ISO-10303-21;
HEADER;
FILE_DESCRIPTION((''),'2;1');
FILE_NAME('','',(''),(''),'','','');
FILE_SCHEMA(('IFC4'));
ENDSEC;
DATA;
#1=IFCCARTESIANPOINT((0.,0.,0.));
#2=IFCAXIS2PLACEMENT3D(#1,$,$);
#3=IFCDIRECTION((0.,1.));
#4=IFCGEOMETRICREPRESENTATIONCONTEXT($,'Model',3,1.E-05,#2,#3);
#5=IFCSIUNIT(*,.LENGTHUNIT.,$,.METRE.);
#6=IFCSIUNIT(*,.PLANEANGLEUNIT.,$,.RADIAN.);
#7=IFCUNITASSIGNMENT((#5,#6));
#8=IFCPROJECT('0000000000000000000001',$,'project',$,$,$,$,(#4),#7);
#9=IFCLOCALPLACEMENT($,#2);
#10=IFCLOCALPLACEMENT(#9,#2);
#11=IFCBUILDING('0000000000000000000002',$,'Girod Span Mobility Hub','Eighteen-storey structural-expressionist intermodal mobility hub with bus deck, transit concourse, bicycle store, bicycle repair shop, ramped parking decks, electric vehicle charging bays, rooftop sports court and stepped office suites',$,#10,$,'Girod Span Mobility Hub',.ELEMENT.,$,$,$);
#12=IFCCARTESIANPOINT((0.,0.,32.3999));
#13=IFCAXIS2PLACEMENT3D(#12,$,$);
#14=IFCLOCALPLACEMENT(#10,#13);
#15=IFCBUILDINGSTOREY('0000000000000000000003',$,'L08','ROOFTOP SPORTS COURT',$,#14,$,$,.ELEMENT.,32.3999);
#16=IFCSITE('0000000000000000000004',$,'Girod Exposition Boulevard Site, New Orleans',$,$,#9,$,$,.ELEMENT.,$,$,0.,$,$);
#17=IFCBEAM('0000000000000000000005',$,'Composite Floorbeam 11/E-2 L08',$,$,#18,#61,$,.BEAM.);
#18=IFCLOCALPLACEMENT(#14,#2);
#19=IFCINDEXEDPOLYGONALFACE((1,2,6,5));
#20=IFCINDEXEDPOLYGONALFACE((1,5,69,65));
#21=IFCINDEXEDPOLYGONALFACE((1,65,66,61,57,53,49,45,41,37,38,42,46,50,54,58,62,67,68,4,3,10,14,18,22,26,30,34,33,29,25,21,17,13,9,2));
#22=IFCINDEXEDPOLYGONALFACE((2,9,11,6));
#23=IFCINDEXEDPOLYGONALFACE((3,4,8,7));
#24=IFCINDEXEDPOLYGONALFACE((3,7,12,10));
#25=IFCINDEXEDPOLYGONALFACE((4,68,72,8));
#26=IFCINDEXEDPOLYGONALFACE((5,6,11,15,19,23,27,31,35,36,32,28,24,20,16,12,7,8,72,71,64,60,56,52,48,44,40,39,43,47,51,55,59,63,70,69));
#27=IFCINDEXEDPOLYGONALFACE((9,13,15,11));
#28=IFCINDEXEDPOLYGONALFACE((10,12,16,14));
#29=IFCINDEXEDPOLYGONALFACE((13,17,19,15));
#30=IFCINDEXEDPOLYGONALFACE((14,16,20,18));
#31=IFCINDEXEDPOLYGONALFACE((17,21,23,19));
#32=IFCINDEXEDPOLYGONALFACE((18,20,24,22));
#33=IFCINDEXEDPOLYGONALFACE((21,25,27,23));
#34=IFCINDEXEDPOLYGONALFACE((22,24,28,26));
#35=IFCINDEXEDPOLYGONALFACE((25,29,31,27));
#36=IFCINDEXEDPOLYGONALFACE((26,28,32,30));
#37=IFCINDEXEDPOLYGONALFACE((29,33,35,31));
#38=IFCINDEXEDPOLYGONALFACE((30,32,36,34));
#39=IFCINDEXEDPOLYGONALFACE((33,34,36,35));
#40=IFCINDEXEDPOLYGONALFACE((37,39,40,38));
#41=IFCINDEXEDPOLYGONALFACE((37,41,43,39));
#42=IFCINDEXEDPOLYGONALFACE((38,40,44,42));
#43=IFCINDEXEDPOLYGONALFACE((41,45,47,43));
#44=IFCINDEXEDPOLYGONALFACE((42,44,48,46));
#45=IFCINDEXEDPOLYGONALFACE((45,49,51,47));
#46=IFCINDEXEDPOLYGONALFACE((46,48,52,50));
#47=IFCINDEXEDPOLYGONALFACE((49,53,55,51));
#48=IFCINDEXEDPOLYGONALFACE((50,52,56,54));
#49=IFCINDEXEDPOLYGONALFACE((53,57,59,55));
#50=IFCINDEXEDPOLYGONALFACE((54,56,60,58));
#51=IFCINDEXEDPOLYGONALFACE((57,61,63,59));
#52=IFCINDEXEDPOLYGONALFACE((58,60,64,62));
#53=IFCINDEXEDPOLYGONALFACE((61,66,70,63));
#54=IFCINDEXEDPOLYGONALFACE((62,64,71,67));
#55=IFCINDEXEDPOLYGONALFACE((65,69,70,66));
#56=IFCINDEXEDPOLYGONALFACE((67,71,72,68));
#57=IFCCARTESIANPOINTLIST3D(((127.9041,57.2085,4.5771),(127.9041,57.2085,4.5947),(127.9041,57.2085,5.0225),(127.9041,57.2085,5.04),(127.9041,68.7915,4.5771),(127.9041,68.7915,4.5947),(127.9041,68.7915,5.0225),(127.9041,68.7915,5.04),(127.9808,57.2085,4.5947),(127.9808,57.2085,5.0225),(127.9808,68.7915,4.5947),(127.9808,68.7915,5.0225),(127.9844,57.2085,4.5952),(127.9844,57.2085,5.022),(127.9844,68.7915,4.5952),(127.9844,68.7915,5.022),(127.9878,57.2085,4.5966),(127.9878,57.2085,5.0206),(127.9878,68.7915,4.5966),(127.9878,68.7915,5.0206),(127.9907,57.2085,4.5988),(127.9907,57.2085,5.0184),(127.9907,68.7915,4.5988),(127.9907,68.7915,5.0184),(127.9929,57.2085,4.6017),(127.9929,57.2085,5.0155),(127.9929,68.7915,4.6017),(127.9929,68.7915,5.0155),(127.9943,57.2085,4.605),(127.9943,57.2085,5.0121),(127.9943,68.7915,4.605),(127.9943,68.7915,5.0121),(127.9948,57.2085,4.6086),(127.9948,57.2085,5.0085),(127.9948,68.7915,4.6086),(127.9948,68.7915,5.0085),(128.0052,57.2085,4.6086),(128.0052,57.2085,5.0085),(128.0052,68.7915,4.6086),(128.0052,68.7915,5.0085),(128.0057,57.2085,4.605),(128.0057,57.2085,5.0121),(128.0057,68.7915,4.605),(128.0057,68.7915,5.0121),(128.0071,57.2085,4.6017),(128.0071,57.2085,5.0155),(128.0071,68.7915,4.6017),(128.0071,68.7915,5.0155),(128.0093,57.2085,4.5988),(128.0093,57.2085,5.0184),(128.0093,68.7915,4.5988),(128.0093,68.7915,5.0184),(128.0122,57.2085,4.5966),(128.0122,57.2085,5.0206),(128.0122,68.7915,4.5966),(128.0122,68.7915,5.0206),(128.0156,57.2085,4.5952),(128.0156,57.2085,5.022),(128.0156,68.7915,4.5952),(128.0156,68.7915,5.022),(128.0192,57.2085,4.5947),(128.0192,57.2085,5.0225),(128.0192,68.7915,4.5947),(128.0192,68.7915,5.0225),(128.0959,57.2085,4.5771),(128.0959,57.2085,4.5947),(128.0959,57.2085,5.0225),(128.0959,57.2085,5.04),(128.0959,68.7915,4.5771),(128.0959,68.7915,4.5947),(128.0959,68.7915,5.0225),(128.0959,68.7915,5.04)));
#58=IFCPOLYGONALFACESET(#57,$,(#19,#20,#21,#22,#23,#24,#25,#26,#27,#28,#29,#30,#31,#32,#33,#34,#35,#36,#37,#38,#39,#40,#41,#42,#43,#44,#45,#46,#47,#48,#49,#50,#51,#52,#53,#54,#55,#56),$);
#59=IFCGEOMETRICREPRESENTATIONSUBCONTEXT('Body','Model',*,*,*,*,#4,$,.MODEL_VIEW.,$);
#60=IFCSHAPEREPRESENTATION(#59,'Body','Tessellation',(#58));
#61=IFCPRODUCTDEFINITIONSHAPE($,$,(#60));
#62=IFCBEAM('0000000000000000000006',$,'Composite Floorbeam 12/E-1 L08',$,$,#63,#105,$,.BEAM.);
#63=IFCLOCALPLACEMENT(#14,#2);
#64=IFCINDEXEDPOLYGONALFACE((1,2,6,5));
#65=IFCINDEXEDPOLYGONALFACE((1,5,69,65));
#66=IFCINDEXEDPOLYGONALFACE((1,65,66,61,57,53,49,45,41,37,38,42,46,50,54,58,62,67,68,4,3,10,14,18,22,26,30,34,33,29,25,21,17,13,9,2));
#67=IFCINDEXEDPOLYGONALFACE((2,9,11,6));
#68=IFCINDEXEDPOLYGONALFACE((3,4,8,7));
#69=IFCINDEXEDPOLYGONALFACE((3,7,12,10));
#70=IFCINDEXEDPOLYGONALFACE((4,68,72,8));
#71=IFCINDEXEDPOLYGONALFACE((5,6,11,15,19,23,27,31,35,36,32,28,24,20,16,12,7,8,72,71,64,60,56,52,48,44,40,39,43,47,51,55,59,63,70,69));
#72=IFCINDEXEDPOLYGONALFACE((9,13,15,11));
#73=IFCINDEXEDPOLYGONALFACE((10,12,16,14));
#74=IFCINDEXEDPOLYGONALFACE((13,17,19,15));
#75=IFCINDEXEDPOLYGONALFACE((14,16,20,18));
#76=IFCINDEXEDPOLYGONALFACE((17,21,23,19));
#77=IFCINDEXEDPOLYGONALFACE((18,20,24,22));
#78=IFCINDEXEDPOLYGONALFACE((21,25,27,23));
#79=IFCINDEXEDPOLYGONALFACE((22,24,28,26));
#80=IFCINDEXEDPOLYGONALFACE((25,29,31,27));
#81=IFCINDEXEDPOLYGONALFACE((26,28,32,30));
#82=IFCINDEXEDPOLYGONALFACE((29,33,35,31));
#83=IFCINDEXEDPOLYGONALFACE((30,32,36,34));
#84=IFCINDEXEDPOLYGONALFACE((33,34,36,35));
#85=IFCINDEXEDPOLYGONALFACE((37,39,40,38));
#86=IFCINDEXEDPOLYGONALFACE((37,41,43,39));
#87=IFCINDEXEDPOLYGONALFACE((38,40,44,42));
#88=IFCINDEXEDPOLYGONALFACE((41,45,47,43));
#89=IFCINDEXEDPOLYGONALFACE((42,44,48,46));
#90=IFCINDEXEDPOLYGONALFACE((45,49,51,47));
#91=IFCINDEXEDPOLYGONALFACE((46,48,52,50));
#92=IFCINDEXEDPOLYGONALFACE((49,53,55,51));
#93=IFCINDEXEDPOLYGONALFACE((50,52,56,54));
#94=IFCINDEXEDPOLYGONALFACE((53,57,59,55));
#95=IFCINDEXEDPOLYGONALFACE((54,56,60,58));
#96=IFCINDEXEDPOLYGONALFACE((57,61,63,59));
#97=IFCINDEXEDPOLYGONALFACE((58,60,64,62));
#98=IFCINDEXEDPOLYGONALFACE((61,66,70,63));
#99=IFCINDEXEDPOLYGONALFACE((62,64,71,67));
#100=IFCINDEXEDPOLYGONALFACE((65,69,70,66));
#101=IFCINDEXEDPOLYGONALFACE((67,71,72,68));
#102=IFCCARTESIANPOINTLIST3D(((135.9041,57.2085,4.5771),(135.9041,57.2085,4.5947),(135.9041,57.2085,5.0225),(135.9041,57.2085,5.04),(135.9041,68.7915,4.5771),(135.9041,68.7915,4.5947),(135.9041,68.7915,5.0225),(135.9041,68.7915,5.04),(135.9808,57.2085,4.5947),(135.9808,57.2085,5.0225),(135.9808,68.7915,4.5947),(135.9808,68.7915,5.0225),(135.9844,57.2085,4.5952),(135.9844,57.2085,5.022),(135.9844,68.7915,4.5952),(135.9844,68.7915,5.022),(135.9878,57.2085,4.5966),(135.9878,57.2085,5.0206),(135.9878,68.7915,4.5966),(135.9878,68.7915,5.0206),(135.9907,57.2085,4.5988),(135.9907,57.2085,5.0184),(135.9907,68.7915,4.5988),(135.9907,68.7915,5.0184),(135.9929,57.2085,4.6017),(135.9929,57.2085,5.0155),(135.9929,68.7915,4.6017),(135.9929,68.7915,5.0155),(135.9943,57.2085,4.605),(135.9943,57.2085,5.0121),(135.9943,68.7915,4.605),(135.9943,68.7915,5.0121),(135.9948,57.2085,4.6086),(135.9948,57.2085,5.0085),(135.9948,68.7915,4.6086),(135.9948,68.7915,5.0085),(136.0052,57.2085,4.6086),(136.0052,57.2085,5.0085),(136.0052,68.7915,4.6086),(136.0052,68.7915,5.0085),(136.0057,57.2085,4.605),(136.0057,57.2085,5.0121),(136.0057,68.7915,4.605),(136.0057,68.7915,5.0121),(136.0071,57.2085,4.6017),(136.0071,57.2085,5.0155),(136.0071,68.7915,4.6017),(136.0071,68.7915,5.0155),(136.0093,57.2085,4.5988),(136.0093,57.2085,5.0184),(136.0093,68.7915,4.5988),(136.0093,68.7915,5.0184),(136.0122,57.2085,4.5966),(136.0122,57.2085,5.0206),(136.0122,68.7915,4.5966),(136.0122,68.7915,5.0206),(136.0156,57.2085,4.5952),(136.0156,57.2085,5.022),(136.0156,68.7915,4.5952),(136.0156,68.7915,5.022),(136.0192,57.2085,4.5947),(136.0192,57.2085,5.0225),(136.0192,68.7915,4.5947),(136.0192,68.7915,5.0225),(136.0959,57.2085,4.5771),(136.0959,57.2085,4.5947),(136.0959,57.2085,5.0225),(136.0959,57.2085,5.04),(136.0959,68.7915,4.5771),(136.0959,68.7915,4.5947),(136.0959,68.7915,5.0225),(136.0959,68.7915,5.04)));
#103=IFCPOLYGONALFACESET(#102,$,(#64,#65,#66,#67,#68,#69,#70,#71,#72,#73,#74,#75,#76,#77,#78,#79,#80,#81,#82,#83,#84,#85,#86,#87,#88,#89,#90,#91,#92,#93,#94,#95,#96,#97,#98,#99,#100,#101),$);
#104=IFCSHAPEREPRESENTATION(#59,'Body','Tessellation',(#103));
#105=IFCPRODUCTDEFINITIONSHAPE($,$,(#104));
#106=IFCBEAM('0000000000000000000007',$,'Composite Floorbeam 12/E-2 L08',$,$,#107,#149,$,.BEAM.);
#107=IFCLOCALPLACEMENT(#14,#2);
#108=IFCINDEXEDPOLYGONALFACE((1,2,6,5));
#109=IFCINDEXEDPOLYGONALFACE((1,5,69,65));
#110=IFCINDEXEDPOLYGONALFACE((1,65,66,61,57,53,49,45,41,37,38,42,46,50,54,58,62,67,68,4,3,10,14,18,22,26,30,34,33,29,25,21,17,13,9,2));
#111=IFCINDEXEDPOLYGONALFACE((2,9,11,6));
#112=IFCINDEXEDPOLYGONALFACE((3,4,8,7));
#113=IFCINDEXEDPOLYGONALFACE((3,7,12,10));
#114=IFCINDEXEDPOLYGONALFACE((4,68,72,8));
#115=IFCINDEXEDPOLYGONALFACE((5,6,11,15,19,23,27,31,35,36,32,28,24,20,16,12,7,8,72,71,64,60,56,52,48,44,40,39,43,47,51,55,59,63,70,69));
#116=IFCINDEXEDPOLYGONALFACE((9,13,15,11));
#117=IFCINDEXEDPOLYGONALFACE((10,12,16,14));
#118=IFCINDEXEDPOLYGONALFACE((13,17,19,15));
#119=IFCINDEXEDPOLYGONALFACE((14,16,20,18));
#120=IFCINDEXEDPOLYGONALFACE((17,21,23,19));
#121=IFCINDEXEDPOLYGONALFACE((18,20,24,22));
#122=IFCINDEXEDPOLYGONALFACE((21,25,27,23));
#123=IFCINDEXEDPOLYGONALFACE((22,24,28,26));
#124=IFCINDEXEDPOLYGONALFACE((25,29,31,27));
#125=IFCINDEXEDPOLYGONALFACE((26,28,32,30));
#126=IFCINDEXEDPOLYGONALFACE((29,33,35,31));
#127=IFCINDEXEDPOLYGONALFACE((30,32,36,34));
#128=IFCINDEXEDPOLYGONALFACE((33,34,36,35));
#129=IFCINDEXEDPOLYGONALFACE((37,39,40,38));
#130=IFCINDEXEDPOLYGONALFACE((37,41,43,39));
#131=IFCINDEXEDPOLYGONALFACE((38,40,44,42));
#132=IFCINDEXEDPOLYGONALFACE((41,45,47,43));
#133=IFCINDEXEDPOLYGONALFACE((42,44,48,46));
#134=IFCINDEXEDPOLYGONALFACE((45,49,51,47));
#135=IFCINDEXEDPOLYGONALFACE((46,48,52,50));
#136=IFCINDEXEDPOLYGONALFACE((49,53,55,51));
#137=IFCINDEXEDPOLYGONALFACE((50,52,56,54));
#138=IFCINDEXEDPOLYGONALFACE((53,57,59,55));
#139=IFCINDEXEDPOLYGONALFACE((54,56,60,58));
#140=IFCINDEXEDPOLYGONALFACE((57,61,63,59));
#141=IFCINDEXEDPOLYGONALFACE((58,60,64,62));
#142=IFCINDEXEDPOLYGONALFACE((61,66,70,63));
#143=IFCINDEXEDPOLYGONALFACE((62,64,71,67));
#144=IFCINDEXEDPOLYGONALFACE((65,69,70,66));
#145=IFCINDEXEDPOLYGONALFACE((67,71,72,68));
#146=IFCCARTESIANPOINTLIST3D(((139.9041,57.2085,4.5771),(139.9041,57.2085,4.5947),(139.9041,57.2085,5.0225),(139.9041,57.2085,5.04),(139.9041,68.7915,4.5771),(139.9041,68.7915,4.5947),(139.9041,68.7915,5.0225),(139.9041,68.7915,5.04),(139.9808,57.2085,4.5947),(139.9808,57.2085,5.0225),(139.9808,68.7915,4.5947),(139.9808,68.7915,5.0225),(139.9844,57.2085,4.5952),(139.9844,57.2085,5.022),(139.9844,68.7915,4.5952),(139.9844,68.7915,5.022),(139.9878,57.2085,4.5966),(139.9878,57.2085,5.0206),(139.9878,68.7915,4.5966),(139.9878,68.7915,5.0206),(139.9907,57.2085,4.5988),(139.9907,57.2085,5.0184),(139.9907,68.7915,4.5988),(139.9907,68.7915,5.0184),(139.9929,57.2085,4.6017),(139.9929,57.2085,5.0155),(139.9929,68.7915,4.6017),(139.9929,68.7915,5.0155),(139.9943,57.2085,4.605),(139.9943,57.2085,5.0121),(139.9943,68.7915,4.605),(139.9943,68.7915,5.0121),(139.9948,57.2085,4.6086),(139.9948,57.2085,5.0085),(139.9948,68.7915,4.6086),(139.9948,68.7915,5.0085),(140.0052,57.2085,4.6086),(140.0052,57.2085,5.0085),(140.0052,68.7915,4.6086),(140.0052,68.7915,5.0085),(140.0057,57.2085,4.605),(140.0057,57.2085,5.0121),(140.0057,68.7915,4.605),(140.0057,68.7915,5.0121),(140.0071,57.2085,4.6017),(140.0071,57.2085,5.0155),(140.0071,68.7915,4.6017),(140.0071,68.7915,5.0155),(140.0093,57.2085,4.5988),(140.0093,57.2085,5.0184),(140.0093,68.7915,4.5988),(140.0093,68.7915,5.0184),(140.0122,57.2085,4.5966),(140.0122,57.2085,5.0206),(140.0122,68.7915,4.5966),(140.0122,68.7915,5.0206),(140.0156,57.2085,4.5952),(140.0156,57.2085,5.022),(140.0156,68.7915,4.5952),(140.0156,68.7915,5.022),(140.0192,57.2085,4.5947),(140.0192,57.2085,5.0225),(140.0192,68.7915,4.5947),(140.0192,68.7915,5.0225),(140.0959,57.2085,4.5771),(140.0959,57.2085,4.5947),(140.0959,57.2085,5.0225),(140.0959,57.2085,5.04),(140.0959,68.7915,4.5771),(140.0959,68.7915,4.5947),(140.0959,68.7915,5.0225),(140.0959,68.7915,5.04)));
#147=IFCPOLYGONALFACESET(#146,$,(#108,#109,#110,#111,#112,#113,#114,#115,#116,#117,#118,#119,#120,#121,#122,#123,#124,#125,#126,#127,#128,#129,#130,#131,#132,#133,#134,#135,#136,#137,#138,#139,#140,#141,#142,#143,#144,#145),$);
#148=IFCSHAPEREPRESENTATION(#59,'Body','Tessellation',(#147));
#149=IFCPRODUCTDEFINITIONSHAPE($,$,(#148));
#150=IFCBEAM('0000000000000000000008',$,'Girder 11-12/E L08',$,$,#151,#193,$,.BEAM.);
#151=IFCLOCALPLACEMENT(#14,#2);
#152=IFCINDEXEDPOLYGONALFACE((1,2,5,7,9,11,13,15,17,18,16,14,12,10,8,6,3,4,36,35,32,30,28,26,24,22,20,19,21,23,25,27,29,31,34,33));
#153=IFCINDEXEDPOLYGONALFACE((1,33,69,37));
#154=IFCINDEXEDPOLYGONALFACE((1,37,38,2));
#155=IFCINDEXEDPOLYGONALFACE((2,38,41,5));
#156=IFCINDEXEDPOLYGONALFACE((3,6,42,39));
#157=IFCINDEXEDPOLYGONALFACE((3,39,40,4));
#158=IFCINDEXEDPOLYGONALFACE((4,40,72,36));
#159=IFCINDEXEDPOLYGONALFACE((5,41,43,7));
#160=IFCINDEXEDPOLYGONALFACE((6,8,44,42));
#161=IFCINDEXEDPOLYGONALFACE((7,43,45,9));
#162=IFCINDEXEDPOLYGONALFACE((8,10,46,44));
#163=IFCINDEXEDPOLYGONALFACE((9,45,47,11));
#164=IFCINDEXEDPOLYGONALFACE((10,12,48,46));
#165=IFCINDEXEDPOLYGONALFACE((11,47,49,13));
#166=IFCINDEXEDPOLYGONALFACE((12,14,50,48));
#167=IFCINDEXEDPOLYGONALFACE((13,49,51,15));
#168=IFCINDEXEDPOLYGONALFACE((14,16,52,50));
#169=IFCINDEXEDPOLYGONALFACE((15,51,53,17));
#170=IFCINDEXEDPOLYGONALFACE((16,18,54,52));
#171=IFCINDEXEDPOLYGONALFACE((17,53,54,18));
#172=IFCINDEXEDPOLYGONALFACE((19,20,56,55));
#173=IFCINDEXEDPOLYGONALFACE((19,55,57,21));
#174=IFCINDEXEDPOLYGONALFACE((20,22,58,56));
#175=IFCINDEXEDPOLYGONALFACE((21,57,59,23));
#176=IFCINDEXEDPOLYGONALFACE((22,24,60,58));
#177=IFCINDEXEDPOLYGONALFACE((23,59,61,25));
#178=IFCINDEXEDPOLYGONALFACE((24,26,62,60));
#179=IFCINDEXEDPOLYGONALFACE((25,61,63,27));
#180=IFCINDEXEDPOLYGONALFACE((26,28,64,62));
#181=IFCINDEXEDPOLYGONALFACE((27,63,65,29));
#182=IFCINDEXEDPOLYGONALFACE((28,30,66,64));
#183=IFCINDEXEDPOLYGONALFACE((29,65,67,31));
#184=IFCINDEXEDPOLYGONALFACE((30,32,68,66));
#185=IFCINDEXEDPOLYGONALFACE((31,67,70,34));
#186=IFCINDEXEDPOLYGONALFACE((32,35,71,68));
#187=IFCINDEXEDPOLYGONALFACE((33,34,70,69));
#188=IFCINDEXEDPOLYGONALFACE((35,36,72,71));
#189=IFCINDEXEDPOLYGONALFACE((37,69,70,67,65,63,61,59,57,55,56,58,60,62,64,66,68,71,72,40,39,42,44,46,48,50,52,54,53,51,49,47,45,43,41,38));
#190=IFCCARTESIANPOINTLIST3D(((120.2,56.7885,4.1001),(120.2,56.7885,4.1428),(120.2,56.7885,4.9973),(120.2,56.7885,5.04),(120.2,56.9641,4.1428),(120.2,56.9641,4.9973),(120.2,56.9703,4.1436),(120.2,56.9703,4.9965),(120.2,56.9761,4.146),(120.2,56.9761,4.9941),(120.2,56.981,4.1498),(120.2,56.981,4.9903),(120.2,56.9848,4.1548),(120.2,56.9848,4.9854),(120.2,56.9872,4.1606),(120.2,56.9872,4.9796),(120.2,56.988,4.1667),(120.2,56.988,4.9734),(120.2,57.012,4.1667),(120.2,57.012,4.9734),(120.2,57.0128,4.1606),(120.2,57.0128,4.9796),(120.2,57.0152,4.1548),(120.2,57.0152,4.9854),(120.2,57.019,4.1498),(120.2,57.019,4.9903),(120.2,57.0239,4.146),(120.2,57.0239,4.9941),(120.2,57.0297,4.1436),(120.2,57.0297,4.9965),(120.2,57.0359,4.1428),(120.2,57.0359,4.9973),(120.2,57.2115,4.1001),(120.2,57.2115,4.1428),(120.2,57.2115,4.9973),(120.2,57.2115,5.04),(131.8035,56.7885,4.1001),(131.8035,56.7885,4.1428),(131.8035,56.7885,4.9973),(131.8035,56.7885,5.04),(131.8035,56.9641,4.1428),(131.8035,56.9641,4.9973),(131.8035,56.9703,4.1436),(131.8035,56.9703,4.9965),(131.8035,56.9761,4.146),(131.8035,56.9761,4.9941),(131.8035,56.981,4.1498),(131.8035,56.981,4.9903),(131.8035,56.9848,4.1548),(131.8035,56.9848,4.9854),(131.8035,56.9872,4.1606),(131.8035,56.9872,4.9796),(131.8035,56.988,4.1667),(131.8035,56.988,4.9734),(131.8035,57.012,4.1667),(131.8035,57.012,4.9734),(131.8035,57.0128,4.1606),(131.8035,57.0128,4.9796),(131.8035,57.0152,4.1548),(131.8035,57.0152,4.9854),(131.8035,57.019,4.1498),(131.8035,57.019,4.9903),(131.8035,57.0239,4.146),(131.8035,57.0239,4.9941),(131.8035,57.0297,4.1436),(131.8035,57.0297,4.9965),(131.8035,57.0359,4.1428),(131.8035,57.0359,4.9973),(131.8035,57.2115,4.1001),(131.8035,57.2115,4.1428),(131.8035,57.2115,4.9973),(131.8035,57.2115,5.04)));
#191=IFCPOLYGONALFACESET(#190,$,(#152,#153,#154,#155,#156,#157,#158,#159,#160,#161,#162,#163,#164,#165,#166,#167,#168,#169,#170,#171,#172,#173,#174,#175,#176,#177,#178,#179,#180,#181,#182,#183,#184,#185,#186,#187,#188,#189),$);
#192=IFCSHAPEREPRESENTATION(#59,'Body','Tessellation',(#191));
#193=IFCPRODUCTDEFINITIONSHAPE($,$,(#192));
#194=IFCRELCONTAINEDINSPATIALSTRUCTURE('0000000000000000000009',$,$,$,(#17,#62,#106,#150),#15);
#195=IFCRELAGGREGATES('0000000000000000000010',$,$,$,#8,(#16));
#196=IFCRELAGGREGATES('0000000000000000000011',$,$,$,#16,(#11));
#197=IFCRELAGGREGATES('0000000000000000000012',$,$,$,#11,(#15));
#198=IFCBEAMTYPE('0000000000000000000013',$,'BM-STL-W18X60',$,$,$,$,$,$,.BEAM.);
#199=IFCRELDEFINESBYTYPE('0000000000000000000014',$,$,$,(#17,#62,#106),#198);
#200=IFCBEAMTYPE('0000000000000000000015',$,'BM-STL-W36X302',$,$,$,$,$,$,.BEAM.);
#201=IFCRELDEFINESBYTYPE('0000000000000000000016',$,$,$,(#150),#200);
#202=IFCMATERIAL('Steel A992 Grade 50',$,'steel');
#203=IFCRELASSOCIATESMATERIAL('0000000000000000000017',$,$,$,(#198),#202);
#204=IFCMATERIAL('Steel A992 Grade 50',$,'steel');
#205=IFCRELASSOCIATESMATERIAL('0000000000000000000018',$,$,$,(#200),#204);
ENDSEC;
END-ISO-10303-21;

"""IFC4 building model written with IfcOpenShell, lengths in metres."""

from ifc_helpers import new_model, si_unit, direction, frame, origin, origin_2d, place, context, subcontext, project, spatial, i_section, extrude, material, material_profile, profile_set, type_object, element, save


model = new_model("IFC4")

# Units and contexts
model_context = context("Model", 3, precision=1e-05, world=origin(), true_north=direction((0.0, 1.0)))
body_context = subcontext(model_context, "Body", "Model", "MODEL_VIEW")
ifc_project = project(units=[si_unit("LENGTHUNIT", "METRE"), si_unit("PLANEANGLEUNIT", "RADIAN")], contexts=[model_context])

# Site, building, storey
site_placement = place(None, origin())
site = spatial("IfcSite", under=ifc_project, at=site_placement, Name="Girod Exposition Boulevard Site, New Orleans", CompositionType="ELEMENT", RefElevation=0.0)
building_placement = place(site_placement, origin())
building = spatial("IfcBuilding", under=site, at=building_placement, Name="Girod Span Mobility Hub", Description="Eighteen-storey structural-expressionist intermodal mobility hub with bus deck, transit concourse, bicycle store, bicycle repair shop, ramped parking decks, electric vehicle charging bays, rooftop sports court and stepped office suites", LongName="Girod Span Mobility Hub", CompositionType="ELEMENT")
storey_placement = place(building_placement, frame((0.0, 0.0, 32.3999)))
storey = spatial("IfcBuildingStorey", under=building, at=storey_placement, Name="L08", Description="ROOFTOP SPORTS COURT", CompositionType="ELEMENT", Elevation=32.3999)

# Beams
ifc_material_1 = material(Name="Steel A992 Grade 50", Category="steel")
ifc_material_profile_1 = material_profile(ifc_material_1, i_section(OverallWidth=0.1919, OverallDepth=0.4629, WebThickness=0.0105, FlangeThickness=0.0176, FilletRadius=0.0139, at=origin_2d()), Name="W18X60")
ifc_profile_set_1 = profile_set([ifc_material_profile_1], Name="Steel A992 Grade 50")
beam_type_1 = type_object("IfcBeamType", Name="BM-STL-W18X60", PredefinedType="BEAM", material=ifc_profile_set_1)
for number, where, z_axis, x_axis, name in (
    (1, (128.0, 57.2085, 4.8086), (0.0, 1.0, 0.0), (-1.0, 0.0, 0.0), "Composite Floorbeam 11/E-2 L08"),
    (2, (136.0, 57.2085, 4.8086), (0.0, 1.0, 0.0), (-1.0, 0.0, 0.0), "Composite Floorbeam 12/E-1 L08"),
    (3, (140.0, 57.2085, 4.8086), (0.0, 1.0, 0.0), (-1.0, 0.0, 0.0), "Composite Floorbeam 12/E-2 L08"),
):
    element("IfcBeam", number, at=place(storey_placement, frame(where, z_axis=z_axis, x_axis=x_axis)), inside=storey, type_object=beam_type_1, Name=name, PredefinedType="BEAM", context=body_context, shape_type="SweptSolid", body=[
        extrude(i_section(OverallWidth=0.1919, OverallDepth=0.4629, WebThickness=0.0105, FlangeThickness=0.0176, FilletRadius=0.0139, at=origin_2d()), origin(), (0.0, 0.0, 1.0), 11.583),
    ])
ifc_material_2 = material(Name="Steel A992 Grade 50", Category="steel")
ifc_material_profile_2 = material_profile(ifc_material_2, i_section(OverallWidth=0.4231, OverallDepth=0.9399, WebThickness=0.0239, FlangeThickness=0.0427, FilletRadius=0.0239, at=origin_2d()), Name="W36X302")
ifc_profile_set_2 = profile_set([ifc_material_profile_2], Name="Steel A992 Grade 50")
beam_type_2 = type_object("IfcBeamType", Name="BM-STL-W36X302", PredefinedType="BEAM", material=ifc_profile_set_2)
beam_1_placement = place(storey_placement, frame((120.2, 57.0, 4.5701), z_axis=(1.0, 0.0, 0.0), x_axis=(0.0, 1.0, 0.0)))
element("IfcBeam", 4, at=beam_1_placement, inside=storey, type_object=beam_type_2, Name="Girder 11-12/E L08", PredefinedType="BEAM", context=body_context, shape_type="SweptSolid", body=[
    extrude(i_section(OverallWidth=0.4231, OverallDepth=0.9399, WebThickness=0.0239, FlangeThickness=0.0427, FilletRadius=0.0239, at=origin_2d()), origin(), (0.0, 0.0, 1.0), 11.6035),
])

save(model, "model.ifc")
